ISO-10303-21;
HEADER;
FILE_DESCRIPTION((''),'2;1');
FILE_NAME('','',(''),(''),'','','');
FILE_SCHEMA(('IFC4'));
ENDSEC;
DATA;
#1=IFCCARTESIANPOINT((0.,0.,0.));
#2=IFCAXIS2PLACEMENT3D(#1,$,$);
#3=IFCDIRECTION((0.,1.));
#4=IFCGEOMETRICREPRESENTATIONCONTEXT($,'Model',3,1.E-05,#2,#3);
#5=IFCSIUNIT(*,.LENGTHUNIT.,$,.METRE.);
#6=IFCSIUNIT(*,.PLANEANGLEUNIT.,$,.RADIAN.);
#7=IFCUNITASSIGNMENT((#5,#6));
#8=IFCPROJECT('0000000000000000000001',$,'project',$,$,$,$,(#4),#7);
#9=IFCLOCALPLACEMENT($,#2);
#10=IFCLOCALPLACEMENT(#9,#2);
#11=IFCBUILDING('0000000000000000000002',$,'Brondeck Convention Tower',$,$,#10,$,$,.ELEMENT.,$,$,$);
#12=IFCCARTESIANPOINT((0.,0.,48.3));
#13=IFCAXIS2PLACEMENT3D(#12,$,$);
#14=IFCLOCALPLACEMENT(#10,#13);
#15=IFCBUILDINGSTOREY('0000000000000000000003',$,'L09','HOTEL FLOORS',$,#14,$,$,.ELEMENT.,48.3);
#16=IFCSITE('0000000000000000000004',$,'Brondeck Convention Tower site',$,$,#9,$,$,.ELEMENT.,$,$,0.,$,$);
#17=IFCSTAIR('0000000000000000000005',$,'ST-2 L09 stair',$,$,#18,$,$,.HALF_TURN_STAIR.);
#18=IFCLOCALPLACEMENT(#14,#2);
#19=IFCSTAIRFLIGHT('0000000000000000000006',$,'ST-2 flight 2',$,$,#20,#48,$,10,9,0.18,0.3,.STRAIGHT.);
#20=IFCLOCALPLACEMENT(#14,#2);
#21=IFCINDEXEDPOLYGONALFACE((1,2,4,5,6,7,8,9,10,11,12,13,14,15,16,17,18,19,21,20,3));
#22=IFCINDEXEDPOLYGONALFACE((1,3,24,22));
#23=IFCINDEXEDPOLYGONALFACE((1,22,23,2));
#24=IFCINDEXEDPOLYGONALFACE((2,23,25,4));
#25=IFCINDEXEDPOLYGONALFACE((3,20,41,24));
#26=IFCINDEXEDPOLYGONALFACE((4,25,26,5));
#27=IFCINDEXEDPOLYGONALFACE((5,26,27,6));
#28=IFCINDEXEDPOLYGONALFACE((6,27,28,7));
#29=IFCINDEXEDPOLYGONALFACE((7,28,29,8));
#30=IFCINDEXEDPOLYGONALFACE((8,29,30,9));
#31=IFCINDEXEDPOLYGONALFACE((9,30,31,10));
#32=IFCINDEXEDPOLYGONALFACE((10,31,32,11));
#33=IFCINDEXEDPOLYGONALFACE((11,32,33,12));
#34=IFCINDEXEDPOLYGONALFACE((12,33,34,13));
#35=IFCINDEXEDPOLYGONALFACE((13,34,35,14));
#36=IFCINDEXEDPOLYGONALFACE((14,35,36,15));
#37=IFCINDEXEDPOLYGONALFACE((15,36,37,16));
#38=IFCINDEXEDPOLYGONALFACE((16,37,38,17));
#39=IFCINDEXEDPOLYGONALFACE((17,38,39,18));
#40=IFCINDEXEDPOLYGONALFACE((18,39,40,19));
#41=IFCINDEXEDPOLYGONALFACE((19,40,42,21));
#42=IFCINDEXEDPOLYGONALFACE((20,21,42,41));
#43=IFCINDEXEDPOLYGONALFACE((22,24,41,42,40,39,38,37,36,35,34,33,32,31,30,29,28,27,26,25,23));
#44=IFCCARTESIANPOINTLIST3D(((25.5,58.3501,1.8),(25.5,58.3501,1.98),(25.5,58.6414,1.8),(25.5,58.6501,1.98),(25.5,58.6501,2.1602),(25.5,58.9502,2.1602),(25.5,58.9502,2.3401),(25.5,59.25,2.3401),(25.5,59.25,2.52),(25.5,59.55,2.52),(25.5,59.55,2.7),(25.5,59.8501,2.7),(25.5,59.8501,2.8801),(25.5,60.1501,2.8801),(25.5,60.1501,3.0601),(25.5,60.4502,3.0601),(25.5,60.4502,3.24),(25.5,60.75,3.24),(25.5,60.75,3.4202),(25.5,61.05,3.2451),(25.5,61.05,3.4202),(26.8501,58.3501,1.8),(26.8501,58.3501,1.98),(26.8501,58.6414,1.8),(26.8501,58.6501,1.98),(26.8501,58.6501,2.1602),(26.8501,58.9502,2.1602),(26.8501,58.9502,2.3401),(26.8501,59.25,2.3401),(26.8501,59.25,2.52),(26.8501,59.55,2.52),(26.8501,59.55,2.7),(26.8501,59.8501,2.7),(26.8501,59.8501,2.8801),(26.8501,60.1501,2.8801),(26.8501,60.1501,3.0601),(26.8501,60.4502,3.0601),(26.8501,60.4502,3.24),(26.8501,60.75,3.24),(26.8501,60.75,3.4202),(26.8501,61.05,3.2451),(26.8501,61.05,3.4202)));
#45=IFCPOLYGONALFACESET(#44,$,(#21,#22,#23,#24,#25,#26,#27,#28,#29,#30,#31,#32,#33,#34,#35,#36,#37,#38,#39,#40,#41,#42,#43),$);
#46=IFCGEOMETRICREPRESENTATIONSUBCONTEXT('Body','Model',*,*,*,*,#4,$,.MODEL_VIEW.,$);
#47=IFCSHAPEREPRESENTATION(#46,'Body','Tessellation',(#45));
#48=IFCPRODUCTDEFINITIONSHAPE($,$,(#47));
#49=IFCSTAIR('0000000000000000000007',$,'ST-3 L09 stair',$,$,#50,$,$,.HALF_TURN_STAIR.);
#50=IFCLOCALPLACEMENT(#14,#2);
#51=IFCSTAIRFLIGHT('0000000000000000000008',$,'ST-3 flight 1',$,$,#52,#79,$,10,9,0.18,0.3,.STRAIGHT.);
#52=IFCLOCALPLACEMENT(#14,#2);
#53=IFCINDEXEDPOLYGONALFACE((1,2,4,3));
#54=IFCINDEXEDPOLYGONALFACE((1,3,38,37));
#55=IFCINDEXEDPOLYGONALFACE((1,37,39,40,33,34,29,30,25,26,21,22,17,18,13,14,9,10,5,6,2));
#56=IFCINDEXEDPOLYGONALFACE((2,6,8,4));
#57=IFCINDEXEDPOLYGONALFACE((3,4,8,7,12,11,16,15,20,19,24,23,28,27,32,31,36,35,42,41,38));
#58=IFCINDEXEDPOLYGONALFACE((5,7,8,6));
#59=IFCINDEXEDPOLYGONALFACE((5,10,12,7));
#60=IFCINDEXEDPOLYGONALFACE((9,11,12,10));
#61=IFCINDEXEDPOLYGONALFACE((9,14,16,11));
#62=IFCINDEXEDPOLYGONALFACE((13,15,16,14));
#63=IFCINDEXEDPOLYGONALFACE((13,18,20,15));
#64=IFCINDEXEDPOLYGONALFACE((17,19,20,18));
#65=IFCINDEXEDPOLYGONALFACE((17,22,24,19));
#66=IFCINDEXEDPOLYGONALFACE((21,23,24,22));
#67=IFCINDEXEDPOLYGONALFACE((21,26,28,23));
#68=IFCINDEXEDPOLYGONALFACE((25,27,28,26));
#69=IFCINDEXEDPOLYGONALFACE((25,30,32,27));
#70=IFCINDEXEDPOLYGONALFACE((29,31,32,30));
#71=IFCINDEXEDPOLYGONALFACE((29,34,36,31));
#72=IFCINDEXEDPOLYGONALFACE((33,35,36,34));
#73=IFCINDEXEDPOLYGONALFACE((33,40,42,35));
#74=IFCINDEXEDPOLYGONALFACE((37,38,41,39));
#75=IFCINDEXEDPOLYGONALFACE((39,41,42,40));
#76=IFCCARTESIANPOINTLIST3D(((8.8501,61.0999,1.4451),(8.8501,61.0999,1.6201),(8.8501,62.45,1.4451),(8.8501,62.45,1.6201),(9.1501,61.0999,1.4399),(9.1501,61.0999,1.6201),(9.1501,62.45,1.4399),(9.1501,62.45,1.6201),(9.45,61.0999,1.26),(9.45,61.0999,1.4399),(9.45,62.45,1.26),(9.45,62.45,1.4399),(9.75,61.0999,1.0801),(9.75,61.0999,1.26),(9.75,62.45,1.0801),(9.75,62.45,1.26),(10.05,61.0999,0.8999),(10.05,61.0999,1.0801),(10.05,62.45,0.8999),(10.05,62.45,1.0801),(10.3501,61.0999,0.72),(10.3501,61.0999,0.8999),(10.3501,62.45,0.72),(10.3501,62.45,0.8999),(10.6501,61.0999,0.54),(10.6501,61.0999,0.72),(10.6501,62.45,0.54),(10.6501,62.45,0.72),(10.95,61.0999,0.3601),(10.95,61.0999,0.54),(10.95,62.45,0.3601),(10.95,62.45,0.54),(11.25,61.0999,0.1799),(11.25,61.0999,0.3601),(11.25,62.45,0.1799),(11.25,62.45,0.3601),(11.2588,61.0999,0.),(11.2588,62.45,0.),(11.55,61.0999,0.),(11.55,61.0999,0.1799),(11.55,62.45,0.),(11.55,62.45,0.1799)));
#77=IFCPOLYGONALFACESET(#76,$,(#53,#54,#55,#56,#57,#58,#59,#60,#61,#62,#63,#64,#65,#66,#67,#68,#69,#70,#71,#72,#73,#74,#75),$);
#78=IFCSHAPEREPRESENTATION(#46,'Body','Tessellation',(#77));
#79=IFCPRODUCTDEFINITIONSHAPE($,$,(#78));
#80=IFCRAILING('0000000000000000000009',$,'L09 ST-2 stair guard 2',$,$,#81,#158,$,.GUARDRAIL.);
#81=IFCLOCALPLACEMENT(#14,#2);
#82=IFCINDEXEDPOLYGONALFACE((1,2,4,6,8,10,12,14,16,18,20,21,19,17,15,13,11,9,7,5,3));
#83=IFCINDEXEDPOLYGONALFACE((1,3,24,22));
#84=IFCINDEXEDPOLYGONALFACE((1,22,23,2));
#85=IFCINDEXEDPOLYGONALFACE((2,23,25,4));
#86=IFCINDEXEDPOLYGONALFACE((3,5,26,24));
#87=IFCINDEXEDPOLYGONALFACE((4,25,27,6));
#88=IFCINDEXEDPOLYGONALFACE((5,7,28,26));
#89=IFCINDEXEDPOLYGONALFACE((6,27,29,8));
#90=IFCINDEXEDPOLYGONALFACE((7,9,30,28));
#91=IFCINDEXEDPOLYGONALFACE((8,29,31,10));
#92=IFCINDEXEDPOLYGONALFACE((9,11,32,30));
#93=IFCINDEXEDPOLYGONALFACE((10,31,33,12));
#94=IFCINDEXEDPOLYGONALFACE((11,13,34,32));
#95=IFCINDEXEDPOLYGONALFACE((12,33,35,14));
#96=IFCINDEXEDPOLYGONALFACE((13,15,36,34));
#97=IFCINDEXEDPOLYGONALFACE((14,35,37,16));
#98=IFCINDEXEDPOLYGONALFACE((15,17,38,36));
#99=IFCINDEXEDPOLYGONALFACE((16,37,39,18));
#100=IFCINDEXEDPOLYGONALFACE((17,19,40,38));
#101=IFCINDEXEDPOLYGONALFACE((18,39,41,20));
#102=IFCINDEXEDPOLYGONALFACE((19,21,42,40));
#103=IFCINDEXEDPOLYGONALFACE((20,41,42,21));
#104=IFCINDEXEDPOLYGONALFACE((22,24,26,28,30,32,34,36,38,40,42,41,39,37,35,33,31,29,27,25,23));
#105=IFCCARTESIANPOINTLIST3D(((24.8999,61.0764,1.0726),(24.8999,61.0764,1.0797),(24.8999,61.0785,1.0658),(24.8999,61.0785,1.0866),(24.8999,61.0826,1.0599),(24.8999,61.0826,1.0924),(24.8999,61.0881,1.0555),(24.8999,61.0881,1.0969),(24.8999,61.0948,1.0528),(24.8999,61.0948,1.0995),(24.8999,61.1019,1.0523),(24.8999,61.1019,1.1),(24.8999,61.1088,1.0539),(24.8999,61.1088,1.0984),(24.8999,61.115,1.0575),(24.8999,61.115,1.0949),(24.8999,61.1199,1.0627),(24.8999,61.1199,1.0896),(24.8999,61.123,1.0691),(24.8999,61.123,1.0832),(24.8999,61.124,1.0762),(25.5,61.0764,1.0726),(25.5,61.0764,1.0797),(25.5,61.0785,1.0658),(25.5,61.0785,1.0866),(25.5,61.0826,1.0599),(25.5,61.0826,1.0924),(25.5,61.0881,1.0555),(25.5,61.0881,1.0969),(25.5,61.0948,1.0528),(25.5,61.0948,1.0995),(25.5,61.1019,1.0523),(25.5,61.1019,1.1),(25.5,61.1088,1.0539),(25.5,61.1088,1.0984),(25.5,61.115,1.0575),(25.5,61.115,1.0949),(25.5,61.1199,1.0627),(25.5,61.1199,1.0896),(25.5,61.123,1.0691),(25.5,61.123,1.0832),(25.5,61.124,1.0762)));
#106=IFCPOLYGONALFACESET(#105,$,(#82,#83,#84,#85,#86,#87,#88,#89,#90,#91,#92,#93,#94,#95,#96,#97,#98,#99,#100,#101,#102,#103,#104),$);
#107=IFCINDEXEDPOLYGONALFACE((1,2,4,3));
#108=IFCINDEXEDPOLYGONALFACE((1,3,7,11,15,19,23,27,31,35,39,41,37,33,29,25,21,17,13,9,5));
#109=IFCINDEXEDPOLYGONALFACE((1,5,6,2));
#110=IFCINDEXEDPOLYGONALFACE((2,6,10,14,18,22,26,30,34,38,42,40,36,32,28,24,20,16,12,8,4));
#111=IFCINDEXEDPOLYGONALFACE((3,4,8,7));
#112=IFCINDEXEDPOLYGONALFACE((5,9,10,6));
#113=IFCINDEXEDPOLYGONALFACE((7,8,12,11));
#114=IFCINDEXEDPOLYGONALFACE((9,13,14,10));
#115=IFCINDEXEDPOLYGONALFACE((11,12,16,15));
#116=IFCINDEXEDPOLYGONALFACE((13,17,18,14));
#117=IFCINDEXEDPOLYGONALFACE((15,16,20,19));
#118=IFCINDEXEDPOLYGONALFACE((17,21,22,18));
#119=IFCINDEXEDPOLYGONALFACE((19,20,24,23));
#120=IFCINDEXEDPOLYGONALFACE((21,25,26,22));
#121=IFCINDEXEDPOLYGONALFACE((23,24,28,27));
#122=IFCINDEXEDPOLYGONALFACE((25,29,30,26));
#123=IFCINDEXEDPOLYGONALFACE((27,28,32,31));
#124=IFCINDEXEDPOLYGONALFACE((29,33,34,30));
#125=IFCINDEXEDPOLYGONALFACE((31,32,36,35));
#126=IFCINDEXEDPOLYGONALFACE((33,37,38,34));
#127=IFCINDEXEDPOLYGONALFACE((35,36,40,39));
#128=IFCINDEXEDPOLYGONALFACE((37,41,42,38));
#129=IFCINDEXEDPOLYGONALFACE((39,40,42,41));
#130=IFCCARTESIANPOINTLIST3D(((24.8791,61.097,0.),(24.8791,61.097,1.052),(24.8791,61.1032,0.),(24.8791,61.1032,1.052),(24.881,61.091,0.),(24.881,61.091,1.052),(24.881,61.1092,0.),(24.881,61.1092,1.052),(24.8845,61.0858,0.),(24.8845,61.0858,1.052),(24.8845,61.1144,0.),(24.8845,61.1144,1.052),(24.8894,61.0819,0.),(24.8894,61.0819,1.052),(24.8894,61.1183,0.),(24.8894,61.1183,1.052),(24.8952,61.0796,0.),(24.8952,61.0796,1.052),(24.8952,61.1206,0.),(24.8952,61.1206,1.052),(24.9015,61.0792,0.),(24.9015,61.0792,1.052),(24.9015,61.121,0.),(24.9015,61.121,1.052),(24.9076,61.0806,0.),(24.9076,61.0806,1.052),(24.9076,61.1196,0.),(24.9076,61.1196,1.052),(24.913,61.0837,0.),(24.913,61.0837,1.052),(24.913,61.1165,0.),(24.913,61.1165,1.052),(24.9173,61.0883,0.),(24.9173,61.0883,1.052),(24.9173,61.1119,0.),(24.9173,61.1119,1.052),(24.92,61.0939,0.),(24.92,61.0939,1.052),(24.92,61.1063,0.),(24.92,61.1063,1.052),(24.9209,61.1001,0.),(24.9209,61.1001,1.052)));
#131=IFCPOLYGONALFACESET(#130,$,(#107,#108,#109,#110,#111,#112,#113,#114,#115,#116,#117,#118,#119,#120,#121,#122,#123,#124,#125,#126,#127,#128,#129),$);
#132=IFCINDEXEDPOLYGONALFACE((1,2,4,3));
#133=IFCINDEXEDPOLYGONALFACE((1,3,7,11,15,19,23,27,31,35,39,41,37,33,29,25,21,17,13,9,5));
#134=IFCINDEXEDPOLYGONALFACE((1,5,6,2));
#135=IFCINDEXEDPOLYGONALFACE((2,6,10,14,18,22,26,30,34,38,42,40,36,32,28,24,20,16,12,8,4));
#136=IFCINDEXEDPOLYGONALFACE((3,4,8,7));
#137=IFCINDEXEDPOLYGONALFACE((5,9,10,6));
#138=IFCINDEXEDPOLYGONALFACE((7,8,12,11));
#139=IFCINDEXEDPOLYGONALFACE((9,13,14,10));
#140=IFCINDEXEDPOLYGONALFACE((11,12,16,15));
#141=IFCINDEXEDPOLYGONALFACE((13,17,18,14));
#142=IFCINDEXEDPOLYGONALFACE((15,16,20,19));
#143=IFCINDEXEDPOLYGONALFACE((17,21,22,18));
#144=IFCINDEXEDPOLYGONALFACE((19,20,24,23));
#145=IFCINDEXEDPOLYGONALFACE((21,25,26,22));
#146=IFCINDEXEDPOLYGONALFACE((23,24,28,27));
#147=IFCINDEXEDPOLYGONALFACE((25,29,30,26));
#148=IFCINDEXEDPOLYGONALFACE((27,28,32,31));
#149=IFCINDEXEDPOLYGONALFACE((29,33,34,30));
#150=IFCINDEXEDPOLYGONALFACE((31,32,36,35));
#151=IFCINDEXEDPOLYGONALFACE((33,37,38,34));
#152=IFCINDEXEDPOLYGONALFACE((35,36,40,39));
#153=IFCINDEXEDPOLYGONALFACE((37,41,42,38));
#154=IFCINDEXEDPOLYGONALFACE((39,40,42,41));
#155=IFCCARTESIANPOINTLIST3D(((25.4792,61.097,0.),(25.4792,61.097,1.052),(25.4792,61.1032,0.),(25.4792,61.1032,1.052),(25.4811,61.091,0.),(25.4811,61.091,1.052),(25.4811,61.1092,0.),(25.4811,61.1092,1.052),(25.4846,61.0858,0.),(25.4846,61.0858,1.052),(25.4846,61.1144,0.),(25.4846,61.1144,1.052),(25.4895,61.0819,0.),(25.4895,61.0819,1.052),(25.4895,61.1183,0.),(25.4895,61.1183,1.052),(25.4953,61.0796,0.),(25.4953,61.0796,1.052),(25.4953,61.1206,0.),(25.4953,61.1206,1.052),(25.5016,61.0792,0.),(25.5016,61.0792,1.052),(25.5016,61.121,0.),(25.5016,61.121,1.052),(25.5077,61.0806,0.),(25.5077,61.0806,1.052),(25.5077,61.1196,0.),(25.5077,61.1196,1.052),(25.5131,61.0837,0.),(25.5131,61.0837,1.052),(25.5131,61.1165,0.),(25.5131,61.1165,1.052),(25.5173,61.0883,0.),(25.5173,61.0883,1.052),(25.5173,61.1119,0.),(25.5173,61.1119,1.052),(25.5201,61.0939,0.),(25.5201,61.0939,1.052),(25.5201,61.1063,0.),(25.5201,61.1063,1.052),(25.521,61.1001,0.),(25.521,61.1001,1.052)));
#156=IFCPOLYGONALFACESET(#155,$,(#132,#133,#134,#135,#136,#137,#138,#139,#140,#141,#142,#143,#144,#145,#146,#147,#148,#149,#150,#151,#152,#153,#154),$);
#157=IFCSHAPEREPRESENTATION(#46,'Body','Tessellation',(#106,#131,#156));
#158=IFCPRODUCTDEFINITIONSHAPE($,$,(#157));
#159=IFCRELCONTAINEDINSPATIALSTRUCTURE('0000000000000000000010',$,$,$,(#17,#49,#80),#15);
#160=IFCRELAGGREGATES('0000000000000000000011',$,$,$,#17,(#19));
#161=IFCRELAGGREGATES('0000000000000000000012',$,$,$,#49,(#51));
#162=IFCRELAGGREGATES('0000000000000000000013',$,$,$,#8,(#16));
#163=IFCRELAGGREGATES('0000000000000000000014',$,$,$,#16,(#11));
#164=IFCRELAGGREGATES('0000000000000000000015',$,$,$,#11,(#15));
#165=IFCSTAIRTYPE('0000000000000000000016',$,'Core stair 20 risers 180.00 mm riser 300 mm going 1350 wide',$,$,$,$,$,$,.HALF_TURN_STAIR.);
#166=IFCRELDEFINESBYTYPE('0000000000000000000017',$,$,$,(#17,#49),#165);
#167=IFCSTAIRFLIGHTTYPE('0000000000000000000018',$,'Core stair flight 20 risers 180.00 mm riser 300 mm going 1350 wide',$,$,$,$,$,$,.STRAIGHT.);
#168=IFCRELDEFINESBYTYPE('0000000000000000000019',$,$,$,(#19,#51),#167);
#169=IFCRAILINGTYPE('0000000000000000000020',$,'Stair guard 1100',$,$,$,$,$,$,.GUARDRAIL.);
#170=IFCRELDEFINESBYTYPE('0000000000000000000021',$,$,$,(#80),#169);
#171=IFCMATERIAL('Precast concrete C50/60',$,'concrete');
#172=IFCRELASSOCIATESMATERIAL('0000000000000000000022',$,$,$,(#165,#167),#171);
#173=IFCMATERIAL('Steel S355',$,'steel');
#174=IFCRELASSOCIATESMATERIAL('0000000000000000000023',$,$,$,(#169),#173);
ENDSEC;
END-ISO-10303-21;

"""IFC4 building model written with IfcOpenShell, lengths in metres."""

from ifc_helpers import new_model, si_unit, direction, frame, origin, origin_2d, place, context, subcontext, project, spatial, polyline, circle, outline, extrude, material, type_object, element, aggregate, save


model = new_model("IFC4")

# Units and contexts
model_context = context("Model", 3, precision=1e-05, world=origin(), true_north=direction((0.0, 1.0)))
body_context = subcontext(model_context, "Body", "Model", "MODEL_VIEW")
ifc_project = project(units=[si_unit("LENGTHUNIT", "METRE"), si_unit("PLANEANGLEUNIT", "RADIAN")], contexts=[model_context])

# Site, building, storey
site_placement = place(None, origin())
site = spatial("IfcSite", under=ifc_project, at=site_placement, Name="Brondeck Convention Tower site", CompositionType="ELEMENT", RefElevation=0.0)
building_placement = place(site_placement, origin())
building = spatial("IfcBuilding", under=site, at=building_placement, Name="Brondeck Convention Tower", CompositionType="ELEMENT")
storey_placement = place(building_placement, frame((0.0, 0.0, 48.3)))
storey = spatial("IfcBuildingStorey", under=building, at=storey_placement, Name="L09", Description="HOTEL FLOORS", CompositionType="ELEMENT", Elevation=48.3)

# Stair, stair flight
ifc_material_1 = material(Name="Precast concrete C50/60", Category="concrete")
stair_type = type_object("IfcStairType", Name="Core stair 20 risers 180.00 mm riser 300 mm going 1350 wide", PredefinedType="HALF_TURN_STAIR", material=ifc_material_1)
stair_1_placement = place(storey_placement, origin())
stair_1 = element("IfcStair", 1, at=stair_1_placement, inside=storey, type_object=stair_type, Name="ST-2 L09 stair", PredefinedType="HALF_TURN_STAIR")
stair_flight_type = type_object("IfcStairFlightType", Name="Core stair flight 20 risers 180.00 mm riser 300 mm going 1350 wide", PredefinedType="STRAIGHT", material=ifc_material_1)
stair_flight_1_placement = place(storey_placement, frame((26.175, 58.3501, 1.8), z_axis=(0.0, 0.0, 1.0), x_axis=(0.0, 1.0, 0.0)))
stair_flight_1 = element("IfcStairFlight", 2, at=stair_flight_1_placement, type_object=stair_flight_type, Name="ST-2 flight 2", NumberOfRisers=10, NumberOfTreads=9, PredefinedType="STRAIGHT", RiserHeight=0.18, TreadLength=0.3, context=body_context, shape_type="SweptSolid", body=[
    extrude(outline(polyline([(0.0, 0.0), (0.0, 0.1799), (0.3, 0.1799), (0.3, 0.3601), (0.6001, 0.3601), (0.6001, 0.54), (0.8999, 0.54), (0.8999, 0.72), (1.2, 0.72), (1.2, 0.8999), (1.5, 0.8999), (1.5, 1.0801), (1.8, 1.0801), (1.8, 1.26), (2.1001, 1.26), (2.1001, 1.4399), (2.3999, 1.4399), (2.3999, 1.6201), (2.7, 1.6201), (2.7, 1.8), (2.7, 1.4451), (0.2913, 0.0), (0.0, 0.0)])), frame((0.0, 0.675, 0.0), z_axis=(0.0, -1.0, 0.0), x_axis=(1.0, 0.0, 0.0)), (0.0, 0.0, 1.0), 1.3501),
])
aggregate(stair_1, [stair_flight_1])

# Stair, stair flight
stair_2_placement = place(storey_placement, origin())
stair_2 = element("IfcStair", 3, at=stair_2_placement, inside=storey, type_object=stair_type, Name="ST-3 L09 stair", PredefinedType="HALF_TURN_STAIR")
stair_flight_2_placement = place(storey_placement, frame((11.55, 61.7749, 0.0), z_axis=(0.0, 0.0, 1.0), x_axis=(-1.0, 0.0, 0.0)))
stair_flight_2 = element("IfcStairFlight", 4, at=stair_flight_2_placement, type_object=stair_flight_type, Name="ST-3 flight 1", NumberOfRisers=10, NumberOfTreads=9, PredefinedType="STRAIGHT", RiserHeight=0.18, TreadLength=0.3, context=body_context, shape_type="SweptSolid", body=[
    extrude(outline(polyline([(0.0, 0.0), (0.0, 0.1799), (0.3, 0.1799), (0.3, 0.3601), (0.6001, 0.3601), (0.6001, 0.54), (0.8999, 0.54), (0.8999, 0.72), (1.2, 0.72), (1.2, 0.8999), (1.5, 0.8999), (1.5, 1.0801), (1.8, 1.0801), (1.8, 1.26), (2.1001, 1.26), (2.1001, 1.4399), (2.3999, 1.4399), (2.3999, 1.6201), (2.7, 1.6201), (2.7, 1.8), (2.7, 1.4451), (0.2913, 0.0), (0.0, 0.0)])), frame((0.0, 0.675, 0.0), z_axis=(0.0, -1.0, 0.0), x_axis=(1.0, 0.0, 0.0)), (0.0, 0.0, 1.0), 1.3501),
])
aggregate(stair_2, [stair_flight_2])

# Railing
ifc_material_2 = material(Name="Steel S355", Category="steel")
railing_type_1 = type_object("IfcRailingType", Name="Stair guard 1100", PredefinedType="GUARDRAIL", material=ifc_material_2)
railing_1_placement = place(storey_placement, frame((24.8999, 61.1001, 0.0)))
element("IfcRailing", 5, at=railing_1_placement, inside=storey, type_object=railing_type_1, Name="L09 ST-2 stair guard 2", PredefinedType="GUARDRAIL", context=body_context, shape_type="SweptSolid", body=[
    extrude(circle(Radius=0.0239, at=origin_2d()), frame((0.0, 0.0, 1.0762), z_axis=(1.0, 0.0, 0.0), x_axis=(0.0, 1.0, 0.0)), (0.0, 0.0, 1.0), 0.6001),
    extrude(circle(Radius=0.021, at=origin_2d()), origin(), (0.0, 0.0, 1.0), 1.052),
    extrude(circle(Radius=0.021, at=origin_2d()), frame((0.6001, 0.0, 0.0)), (0.0, 0.0, 1.0), 1.052),
])

save(model, "model.ifc")
